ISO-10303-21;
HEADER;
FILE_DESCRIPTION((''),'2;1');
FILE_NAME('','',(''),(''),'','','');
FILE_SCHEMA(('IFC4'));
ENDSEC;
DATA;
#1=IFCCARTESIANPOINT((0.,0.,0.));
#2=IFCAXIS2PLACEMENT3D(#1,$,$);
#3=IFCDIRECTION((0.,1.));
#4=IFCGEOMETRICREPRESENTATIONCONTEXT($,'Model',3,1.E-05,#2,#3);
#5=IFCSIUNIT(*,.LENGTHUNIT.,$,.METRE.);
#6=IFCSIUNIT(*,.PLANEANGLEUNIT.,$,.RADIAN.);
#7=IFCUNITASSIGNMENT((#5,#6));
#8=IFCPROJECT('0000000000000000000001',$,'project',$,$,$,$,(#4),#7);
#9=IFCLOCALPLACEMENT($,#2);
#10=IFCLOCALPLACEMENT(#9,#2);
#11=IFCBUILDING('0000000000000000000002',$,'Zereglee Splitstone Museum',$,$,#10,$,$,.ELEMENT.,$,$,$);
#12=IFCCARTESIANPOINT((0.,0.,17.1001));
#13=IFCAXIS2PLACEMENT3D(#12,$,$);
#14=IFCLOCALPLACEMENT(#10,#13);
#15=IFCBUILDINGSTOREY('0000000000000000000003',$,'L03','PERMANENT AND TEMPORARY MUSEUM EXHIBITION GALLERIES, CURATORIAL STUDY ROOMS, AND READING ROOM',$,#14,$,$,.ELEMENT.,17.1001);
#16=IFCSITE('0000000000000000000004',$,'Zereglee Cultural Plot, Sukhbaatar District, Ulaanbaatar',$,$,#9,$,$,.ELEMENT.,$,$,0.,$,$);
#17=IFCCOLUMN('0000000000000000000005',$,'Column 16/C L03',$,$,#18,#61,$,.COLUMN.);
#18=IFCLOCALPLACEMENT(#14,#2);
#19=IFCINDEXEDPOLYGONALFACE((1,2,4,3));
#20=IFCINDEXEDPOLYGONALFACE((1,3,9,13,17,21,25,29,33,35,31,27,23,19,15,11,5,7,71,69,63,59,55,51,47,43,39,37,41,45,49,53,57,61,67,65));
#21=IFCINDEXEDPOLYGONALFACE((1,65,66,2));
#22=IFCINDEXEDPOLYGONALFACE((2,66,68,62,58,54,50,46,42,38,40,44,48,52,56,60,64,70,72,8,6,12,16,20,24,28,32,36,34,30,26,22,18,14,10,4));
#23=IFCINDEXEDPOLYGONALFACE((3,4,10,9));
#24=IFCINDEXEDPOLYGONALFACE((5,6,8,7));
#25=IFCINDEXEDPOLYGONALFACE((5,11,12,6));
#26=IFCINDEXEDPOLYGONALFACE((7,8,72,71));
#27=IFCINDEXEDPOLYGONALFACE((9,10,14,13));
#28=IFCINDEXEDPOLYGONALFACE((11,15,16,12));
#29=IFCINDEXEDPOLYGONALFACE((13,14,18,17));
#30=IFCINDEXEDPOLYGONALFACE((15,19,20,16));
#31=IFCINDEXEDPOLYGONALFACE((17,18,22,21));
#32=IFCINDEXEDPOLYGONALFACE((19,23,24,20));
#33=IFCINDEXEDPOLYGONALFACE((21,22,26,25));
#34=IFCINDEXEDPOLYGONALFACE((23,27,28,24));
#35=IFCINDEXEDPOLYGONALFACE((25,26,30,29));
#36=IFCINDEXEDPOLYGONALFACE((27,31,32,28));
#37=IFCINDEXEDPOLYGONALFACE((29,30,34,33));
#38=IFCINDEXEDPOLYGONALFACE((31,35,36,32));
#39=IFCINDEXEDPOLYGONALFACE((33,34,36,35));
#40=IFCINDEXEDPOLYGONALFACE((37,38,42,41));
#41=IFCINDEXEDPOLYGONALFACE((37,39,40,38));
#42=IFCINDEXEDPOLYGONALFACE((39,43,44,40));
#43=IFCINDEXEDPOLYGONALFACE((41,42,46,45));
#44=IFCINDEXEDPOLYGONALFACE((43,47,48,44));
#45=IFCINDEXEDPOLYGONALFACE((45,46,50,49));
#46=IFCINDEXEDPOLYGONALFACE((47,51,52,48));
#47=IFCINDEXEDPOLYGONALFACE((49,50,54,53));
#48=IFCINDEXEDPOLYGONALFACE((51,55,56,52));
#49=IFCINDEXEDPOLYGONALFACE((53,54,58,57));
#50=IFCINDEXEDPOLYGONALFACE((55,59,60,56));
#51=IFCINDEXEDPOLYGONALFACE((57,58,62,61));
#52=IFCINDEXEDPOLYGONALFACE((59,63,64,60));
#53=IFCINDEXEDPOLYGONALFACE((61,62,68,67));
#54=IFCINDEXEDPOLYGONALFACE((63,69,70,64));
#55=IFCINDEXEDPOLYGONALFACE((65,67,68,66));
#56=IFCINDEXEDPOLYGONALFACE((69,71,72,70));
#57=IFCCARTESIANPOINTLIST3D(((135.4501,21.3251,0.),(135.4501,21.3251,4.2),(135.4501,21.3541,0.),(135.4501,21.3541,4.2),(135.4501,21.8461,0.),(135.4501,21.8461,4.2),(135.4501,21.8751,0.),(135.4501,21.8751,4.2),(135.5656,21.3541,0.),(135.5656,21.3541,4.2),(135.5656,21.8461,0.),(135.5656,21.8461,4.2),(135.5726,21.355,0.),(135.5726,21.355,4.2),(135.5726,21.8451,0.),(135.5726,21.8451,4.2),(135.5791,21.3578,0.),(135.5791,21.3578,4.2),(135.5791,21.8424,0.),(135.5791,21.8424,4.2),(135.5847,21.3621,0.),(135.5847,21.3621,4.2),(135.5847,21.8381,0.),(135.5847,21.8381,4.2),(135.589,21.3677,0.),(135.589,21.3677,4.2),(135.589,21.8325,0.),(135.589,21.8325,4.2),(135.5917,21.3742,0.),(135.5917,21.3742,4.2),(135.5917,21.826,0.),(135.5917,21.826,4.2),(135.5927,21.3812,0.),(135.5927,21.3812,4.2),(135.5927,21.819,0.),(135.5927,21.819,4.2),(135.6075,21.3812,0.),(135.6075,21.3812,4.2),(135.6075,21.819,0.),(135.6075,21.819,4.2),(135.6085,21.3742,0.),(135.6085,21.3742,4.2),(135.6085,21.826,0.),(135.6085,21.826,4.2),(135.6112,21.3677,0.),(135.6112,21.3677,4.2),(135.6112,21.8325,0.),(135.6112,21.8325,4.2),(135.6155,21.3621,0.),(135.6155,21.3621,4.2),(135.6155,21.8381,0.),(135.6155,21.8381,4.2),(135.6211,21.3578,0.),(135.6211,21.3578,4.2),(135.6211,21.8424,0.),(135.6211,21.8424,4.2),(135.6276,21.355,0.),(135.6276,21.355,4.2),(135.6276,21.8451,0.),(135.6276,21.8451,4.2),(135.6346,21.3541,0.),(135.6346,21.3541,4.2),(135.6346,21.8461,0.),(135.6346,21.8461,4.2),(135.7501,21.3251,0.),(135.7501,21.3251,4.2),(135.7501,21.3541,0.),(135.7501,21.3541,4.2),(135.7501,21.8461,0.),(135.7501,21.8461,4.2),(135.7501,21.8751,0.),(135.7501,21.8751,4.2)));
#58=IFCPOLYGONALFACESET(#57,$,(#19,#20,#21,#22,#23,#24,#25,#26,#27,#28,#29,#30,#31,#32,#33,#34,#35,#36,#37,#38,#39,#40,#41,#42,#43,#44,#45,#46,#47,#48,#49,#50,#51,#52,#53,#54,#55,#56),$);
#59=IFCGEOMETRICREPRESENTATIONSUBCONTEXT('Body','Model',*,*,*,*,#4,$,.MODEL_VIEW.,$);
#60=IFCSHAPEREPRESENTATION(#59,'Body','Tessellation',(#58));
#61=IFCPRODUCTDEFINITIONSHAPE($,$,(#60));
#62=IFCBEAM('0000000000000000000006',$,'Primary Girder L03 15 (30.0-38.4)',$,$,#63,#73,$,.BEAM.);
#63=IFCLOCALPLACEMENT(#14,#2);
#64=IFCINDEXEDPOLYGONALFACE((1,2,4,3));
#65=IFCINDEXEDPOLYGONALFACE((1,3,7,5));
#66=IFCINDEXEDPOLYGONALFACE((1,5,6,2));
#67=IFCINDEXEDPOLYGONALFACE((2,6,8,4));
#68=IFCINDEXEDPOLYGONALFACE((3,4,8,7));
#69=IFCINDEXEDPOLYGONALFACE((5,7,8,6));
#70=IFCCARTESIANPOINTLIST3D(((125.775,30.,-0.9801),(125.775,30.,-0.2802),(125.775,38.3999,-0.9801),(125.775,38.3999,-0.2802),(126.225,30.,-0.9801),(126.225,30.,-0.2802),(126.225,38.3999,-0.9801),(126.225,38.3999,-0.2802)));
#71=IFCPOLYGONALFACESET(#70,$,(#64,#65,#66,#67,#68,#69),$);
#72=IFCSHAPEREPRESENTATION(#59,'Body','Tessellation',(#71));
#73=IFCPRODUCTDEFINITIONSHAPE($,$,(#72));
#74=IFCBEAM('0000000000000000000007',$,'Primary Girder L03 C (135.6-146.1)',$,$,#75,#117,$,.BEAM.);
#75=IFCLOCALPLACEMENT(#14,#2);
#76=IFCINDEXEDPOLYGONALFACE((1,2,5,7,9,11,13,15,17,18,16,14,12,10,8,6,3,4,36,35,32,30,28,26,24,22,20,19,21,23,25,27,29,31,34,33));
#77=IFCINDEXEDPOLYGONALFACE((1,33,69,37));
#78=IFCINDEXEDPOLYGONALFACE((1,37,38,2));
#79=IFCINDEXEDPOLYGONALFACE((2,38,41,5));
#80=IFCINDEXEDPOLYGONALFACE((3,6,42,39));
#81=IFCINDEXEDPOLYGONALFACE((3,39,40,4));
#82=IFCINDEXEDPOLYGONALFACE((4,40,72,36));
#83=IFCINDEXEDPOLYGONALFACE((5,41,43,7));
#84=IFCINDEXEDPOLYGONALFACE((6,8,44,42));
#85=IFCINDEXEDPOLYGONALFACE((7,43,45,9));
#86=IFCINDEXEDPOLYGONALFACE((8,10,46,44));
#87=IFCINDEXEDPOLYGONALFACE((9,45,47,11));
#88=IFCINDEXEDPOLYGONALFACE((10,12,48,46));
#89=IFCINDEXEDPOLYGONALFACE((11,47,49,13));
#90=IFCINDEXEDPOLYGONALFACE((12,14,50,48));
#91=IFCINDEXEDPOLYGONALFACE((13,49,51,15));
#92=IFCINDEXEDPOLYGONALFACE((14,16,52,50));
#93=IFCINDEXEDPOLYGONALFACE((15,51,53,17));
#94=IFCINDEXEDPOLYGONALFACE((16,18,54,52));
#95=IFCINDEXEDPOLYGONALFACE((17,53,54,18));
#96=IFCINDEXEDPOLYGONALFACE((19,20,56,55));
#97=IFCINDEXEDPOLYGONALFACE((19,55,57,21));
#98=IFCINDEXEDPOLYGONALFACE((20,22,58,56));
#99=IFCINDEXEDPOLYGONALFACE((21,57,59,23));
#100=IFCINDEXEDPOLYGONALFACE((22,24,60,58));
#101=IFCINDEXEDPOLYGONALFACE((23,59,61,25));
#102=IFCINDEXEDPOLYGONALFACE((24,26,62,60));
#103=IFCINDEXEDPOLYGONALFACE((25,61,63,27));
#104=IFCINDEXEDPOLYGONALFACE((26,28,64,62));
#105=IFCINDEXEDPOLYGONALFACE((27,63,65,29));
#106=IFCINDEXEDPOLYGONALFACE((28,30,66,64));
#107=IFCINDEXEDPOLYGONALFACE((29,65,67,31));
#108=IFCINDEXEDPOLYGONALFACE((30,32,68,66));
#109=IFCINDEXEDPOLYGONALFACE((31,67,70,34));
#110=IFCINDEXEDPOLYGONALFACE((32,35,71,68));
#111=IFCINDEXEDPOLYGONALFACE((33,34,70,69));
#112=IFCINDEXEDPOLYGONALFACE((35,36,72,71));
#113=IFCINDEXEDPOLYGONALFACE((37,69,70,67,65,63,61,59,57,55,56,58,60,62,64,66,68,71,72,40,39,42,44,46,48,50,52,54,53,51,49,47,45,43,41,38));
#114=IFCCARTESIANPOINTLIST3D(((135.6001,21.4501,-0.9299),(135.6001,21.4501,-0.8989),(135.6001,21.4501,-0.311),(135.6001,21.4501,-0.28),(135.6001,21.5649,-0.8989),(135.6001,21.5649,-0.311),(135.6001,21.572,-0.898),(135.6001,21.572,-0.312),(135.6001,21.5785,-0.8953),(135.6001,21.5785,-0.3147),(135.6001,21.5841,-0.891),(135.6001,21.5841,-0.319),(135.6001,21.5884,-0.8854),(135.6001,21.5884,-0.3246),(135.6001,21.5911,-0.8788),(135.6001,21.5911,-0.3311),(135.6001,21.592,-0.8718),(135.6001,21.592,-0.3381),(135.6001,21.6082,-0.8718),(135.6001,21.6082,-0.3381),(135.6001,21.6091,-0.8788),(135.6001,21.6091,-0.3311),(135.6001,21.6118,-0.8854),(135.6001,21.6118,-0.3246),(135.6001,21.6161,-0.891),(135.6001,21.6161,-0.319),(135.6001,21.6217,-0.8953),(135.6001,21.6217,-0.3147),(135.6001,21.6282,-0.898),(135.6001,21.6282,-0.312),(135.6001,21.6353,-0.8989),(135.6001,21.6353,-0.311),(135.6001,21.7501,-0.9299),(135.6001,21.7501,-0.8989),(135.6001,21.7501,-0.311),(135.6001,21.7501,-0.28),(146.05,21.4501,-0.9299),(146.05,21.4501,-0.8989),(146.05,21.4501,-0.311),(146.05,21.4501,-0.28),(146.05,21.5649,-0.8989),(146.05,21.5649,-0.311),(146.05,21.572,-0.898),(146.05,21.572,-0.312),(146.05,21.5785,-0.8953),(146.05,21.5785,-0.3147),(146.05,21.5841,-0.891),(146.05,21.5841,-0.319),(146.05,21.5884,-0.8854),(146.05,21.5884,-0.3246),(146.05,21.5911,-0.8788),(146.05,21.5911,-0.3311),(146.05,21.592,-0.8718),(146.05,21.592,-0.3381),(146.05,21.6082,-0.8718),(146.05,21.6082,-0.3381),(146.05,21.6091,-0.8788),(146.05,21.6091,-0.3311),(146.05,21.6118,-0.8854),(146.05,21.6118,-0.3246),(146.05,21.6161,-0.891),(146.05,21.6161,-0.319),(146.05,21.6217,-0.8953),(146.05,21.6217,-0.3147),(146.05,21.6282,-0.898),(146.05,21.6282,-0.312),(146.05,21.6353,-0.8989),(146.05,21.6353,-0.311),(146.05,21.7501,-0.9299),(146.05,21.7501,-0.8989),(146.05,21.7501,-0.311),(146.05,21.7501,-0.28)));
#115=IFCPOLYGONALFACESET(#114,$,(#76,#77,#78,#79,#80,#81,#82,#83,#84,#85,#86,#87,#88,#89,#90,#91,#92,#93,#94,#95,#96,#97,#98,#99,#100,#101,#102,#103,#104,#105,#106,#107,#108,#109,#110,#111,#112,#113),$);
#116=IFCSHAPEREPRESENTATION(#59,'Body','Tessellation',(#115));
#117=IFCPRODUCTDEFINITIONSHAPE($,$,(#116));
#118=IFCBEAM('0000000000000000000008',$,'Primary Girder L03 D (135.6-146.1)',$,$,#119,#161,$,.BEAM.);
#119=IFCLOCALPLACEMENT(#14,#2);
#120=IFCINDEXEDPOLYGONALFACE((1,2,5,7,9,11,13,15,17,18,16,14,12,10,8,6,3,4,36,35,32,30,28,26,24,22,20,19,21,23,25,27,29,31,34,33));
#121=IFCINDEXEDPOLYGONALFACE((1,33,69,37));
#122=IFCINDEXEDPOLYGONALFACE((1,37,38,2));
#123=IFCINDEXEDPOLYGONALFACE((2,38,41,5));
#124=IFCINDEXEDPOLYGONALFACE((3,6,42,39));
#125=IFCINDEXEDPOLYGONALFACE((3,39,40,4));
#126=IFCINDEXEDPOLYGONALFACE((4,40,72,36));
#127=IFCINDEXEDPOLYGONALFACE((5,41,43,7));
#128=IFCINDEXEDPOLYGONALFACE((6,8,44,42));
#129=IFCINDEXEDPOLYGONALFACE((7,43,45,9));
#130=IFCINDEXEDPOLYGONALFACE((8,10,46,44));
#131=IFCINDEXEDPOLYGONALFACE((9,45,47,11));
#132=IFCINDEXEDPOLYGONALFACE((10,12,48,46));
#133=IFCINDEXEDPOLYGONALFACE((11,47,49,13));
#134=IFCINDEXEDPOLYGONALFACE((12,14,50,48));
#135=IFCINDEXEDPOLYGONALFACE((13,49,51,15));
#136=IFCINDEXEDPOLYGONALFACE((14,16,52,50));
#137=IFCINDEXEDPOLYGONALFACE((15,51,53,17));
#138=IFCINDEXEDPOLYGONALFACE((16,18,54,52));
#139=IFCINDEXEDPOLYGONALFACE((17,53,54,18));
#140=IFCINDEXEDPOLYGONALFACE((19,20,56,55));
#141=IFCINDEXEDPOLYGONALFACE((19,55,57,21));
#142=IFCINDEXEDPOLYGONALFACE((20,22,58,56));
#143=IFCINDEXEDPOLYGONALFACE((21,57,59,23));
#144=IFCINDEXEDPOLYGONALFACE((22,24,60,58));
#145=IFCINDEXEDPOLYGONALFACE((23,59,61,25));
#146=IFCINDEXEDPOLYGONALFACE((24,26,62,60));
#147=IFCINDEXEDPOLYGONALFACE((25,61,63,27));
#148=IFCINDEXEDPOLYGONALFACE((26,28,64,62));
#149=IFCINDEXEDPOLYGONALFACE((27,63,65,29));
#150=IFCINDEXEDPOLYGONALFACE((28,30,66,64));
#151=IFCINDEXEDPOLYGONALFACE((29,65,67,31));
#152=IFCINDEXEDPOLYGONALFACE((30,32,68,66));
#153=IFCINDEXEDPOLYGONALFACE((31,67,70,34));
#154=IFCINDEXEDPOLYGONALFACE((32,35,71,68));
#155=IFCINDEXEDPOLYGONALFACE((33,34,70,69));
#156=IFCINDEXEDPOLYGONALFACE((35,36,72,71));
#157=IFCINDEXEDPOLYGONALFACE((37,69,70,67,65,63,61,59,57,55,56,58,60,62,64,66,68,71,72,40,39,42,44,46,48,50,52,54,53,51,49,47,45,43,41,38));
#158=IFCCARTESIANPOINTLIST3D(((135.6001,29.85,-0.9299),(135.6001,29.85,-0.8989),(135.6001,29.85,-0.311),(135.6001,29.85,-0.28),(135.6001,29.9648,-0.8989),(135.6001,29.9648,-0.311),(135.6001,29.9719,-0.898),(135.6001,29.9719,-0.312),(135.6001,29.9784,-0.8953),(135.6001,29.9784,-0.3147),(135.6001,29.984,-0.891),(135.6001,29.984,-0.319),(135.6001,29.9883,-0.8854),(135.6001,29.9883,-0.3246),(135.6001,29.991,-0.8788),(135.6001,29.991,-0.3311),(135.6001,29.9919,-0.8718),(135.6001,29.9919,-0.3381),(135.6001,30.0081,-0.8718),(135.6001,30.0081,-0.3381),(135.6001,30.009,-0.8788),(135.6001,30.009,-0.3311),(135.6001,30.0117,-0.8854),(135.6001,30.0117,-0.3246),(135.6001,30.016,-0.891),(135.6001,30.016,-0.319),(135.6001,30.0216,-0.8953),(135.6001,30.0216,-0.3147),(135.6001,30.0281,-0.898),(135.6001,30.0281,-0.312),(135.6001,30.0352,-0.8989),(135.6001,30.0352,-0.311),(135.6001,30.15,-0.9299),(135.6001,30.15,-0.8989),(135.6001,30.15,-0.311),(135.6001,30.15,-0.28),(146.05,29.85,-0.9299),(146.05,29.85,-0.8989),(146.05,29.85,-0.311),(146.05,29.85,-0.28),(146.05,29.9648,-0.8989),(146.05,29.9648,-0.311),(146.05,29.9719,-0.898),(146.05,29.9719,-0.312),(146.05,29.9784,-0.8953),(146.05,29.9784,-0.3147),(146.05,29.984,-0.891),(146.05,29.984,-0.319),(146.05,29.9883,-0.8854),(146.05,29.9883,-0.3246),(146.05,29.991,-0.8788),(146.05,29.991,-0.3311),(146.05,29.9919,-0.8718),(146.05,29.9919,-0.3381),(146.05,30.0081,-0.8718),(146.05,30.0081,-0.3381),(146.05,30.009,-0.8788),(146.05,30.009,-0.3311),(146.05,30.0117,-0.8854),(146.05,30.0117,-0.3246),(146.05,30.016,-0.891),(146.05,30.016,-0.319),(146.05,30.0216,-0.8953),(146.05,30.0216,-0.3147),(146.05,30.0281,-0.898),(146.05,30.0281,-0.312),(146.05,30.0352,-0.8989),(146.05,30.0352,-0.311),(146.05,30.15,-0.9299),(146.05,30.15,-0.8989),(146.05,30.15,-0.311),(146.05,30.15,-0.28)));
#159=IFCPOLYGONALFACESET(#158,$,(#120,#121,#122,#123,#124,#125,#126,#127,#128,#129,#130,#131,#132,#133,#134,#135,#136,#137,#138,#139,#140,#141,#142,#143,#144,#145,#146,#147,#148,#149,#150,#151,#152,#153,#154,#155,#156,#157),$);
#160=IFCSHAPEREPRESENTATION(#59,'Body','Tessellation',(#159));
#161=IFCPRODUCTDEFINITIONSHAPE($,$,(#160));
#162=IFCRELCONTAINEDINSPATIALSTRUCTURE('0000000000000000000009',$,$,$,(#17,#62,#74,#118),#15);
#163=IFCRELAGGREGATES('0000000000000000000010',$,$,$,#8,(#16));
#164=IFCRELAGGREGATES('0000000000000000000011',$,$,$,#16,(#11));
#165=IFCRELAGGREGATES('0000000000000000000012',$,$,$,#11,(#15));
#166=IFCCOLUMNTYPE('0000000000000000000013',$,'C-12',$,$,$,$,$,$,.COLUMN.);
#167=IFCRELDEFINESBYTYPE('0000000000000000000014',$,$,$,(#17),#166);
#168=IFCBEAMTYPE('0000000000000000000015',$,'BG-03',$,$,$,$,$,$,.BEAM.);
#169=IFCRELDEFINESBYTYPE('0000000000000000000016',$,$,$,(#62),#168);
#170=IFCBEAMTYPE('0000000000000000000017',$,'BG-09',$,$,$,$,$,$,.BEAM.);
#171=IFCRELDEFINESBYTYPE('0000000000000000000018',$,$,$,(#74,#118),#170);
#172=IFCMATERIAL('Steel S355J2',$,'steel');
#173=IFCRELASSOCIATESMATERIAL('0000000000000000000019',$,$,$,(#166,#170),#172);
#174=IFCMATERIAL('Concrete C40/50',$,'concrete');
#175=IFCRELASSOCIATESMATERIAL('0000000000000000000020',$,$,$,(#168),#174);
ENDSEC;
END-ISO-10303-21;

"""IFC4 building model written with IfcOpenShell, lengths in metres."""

from ifc_helpers import new_model, si_unit, direction, frame, origin, origin_2d, place, context, subcontext, project, spatial, rectangle, i_section, extrude, material, material_profile, profile_set, type_object, element, save


model = new_model("IFC4")

# Units and contexts
model_context = context("Model", 3, precision=1e-05, world=origin(), true_north=direction((0.0, 1.0)))
body_context = subcontext(model_context, "Body", "Model", "MODEL_VIEW")
ifc_project = project(units=[si_unit("LENGTHUNIT", "METRE"), si_unit("PLANEANGLEUNIT", "RADIAN")], contexts=[model_context])

# Site, building, storey
site_placement = place(None, origin())
site = spatial("IfcSite", under=ifc_project, at=site_placement, Name="Zereglee Cultural Plot, Sukhbaatar District, Ulaanbaatar", CompositionType="ELEMENT", RefElevation=0.0)
building_placement = place(site_placement, origin())
building = spatial("IfcBuilding", under=site, at=building_placement, Name="Zereglee Splitstone Museum", CompositionType="ELEMENT")
storey_placement = place(building_placement, frame((0.0, 0.0, 17.1001)))
storey = spatial("IfcBuildingStorey", under=building, at=storey_placement, Name="L03", Description="PERMANENT AND TEMPORARY MUSEUM EXHIBITION GALLERIES, CURATORIAL STUDY ROOMS, AND READING ROOM", CompositionType="ELEMENT", Elevation=17.1001)

# Column
ifc_material_1 = material(Name="Steel S355J2", Category="steel")
ifc_material_profile_1 = material_profile(ifc_material_1, i_section(OverallWidth=0.3, OverallDepth=0.55, WebThickness=0.0149, FlangeThickness=0.0291, FilletRadius=0.0271, at=origin_2d()), Name="HE 550 B")
ifc_profile_set_1 = profile_set([ifc_material_profile_1], Name="Steel S355J2")
column_type_1 = type_object("IfcColumnType", Name="C-12", PredefinedType="COLUMN", material=ifc_profile_set_1)
column_1_placement = place(storey_placement, frame((135.6001, 21.6001, 0.0), z_axis=(0.0, 0.0, 1.0), x_axis=(1.0, 0.0, 0.0)))
element("IfcColumn", 1, at=column_1_placement, inside=storey, type_object=column_type_1, Name="Column 16/C L03", PredefinedType="COLUMN", context=body_context, shape_type="SweptSolid", body=[
    extrude(i_section(OverallWidth=0.3, OverallDepth=0.55, WebThickness=0.0149, FlangeThickness=0.0291, FilletRadius=0.0271, at=origin_2d()), origin(), (0.0, 0.0, 1.0), 4.2),
])

# Beams
ifc_material_2 = material(Name="Concrete C40/50", Category="concrete")
ifc_material_profile_2 = material_profile(ifc_material_2, rectangle(XDim=0.45, YDim=0.7, at=origin_2d()), Name="RC 450x700")
ifc_profile_set_2 = profile_set([ifc_material_profile_2], Name="Concrete C40/50")
beam_type_1 = type_object("IfcBeamType", Name="BG-03", PredefinedType="BEAM", material=ifc_profile_set_2)
beam_1_placement = place(storey_placement, frame((126.0, 30.0, -0.6301), z_axis=(0.0, 1.0, 0.0), x_axis=(-1.0, 0.0, 0.0)))
element("IfcBeam", 2, at=beam_1_placement, inside=storey, type_object=beam_type_1, Name="Primary Girder L03 15 (30.0-38.4)", PredefinedType="BEAM", context=body_context, shape_type="SweptSolid", body=[
    extrude(rectangle(XDim=0.45, YDim=0.7, at=origin_2d()), origin(), (0.0, 0.0, 1.0), 8.3999),
])
ifc_material_profile_3 = material_profile(ifc_material_1, i_section(OverallWidth=0.3, OverallDepth=0.6499, WebThickness=0.0161, FlangeThickness=0.031, FilletRadius=0.0271, at=origin_2d()), Name="HE 650 B")
ifc_profile_set_3 = profile_set([ifc_material_profile_3], Name="Steel S355J2")
beam_type_2 = type_object("IfcBeamType", Name="BG-09", PredefinedType="BEAM", material=ifc_profile_set_3)
for number, where, z_axis, x_axis, name in (
    (3, (135.6001, 21.6001, -0.605), (1.0, 0.0, 0.0), (0.0, 1.0, 0.0), "Primary Girder L03 C (135.6-146.1)"),
    (4, (135.6001, 30.0, -0.605), (1.0, 0.0, 0.0), (0.0, 1.0, 0.0), "Primary Girder L03 D (135.6-146.1)"),
):
    element("IfcBeam", number, at=place(storey_placement, frame(where, z_axis=z_axis, x_axis=x_axis)), inside=storey, type_object=beam_type_2, Name=name, PredefinedType="BEAM", context=body_context, shape_type="SweptSolid", body=[
        extrude(i_section(OverallWidth=0.3, OverallDepth=0.6499, WebThickness=0.0161, FlangeThickness=0.031, FilletRadius=0.0271, at=origin_2d()), origin(), (0.0, 0.0, 1.0), 10.45),
    ])

save(model, "model.ifc")
